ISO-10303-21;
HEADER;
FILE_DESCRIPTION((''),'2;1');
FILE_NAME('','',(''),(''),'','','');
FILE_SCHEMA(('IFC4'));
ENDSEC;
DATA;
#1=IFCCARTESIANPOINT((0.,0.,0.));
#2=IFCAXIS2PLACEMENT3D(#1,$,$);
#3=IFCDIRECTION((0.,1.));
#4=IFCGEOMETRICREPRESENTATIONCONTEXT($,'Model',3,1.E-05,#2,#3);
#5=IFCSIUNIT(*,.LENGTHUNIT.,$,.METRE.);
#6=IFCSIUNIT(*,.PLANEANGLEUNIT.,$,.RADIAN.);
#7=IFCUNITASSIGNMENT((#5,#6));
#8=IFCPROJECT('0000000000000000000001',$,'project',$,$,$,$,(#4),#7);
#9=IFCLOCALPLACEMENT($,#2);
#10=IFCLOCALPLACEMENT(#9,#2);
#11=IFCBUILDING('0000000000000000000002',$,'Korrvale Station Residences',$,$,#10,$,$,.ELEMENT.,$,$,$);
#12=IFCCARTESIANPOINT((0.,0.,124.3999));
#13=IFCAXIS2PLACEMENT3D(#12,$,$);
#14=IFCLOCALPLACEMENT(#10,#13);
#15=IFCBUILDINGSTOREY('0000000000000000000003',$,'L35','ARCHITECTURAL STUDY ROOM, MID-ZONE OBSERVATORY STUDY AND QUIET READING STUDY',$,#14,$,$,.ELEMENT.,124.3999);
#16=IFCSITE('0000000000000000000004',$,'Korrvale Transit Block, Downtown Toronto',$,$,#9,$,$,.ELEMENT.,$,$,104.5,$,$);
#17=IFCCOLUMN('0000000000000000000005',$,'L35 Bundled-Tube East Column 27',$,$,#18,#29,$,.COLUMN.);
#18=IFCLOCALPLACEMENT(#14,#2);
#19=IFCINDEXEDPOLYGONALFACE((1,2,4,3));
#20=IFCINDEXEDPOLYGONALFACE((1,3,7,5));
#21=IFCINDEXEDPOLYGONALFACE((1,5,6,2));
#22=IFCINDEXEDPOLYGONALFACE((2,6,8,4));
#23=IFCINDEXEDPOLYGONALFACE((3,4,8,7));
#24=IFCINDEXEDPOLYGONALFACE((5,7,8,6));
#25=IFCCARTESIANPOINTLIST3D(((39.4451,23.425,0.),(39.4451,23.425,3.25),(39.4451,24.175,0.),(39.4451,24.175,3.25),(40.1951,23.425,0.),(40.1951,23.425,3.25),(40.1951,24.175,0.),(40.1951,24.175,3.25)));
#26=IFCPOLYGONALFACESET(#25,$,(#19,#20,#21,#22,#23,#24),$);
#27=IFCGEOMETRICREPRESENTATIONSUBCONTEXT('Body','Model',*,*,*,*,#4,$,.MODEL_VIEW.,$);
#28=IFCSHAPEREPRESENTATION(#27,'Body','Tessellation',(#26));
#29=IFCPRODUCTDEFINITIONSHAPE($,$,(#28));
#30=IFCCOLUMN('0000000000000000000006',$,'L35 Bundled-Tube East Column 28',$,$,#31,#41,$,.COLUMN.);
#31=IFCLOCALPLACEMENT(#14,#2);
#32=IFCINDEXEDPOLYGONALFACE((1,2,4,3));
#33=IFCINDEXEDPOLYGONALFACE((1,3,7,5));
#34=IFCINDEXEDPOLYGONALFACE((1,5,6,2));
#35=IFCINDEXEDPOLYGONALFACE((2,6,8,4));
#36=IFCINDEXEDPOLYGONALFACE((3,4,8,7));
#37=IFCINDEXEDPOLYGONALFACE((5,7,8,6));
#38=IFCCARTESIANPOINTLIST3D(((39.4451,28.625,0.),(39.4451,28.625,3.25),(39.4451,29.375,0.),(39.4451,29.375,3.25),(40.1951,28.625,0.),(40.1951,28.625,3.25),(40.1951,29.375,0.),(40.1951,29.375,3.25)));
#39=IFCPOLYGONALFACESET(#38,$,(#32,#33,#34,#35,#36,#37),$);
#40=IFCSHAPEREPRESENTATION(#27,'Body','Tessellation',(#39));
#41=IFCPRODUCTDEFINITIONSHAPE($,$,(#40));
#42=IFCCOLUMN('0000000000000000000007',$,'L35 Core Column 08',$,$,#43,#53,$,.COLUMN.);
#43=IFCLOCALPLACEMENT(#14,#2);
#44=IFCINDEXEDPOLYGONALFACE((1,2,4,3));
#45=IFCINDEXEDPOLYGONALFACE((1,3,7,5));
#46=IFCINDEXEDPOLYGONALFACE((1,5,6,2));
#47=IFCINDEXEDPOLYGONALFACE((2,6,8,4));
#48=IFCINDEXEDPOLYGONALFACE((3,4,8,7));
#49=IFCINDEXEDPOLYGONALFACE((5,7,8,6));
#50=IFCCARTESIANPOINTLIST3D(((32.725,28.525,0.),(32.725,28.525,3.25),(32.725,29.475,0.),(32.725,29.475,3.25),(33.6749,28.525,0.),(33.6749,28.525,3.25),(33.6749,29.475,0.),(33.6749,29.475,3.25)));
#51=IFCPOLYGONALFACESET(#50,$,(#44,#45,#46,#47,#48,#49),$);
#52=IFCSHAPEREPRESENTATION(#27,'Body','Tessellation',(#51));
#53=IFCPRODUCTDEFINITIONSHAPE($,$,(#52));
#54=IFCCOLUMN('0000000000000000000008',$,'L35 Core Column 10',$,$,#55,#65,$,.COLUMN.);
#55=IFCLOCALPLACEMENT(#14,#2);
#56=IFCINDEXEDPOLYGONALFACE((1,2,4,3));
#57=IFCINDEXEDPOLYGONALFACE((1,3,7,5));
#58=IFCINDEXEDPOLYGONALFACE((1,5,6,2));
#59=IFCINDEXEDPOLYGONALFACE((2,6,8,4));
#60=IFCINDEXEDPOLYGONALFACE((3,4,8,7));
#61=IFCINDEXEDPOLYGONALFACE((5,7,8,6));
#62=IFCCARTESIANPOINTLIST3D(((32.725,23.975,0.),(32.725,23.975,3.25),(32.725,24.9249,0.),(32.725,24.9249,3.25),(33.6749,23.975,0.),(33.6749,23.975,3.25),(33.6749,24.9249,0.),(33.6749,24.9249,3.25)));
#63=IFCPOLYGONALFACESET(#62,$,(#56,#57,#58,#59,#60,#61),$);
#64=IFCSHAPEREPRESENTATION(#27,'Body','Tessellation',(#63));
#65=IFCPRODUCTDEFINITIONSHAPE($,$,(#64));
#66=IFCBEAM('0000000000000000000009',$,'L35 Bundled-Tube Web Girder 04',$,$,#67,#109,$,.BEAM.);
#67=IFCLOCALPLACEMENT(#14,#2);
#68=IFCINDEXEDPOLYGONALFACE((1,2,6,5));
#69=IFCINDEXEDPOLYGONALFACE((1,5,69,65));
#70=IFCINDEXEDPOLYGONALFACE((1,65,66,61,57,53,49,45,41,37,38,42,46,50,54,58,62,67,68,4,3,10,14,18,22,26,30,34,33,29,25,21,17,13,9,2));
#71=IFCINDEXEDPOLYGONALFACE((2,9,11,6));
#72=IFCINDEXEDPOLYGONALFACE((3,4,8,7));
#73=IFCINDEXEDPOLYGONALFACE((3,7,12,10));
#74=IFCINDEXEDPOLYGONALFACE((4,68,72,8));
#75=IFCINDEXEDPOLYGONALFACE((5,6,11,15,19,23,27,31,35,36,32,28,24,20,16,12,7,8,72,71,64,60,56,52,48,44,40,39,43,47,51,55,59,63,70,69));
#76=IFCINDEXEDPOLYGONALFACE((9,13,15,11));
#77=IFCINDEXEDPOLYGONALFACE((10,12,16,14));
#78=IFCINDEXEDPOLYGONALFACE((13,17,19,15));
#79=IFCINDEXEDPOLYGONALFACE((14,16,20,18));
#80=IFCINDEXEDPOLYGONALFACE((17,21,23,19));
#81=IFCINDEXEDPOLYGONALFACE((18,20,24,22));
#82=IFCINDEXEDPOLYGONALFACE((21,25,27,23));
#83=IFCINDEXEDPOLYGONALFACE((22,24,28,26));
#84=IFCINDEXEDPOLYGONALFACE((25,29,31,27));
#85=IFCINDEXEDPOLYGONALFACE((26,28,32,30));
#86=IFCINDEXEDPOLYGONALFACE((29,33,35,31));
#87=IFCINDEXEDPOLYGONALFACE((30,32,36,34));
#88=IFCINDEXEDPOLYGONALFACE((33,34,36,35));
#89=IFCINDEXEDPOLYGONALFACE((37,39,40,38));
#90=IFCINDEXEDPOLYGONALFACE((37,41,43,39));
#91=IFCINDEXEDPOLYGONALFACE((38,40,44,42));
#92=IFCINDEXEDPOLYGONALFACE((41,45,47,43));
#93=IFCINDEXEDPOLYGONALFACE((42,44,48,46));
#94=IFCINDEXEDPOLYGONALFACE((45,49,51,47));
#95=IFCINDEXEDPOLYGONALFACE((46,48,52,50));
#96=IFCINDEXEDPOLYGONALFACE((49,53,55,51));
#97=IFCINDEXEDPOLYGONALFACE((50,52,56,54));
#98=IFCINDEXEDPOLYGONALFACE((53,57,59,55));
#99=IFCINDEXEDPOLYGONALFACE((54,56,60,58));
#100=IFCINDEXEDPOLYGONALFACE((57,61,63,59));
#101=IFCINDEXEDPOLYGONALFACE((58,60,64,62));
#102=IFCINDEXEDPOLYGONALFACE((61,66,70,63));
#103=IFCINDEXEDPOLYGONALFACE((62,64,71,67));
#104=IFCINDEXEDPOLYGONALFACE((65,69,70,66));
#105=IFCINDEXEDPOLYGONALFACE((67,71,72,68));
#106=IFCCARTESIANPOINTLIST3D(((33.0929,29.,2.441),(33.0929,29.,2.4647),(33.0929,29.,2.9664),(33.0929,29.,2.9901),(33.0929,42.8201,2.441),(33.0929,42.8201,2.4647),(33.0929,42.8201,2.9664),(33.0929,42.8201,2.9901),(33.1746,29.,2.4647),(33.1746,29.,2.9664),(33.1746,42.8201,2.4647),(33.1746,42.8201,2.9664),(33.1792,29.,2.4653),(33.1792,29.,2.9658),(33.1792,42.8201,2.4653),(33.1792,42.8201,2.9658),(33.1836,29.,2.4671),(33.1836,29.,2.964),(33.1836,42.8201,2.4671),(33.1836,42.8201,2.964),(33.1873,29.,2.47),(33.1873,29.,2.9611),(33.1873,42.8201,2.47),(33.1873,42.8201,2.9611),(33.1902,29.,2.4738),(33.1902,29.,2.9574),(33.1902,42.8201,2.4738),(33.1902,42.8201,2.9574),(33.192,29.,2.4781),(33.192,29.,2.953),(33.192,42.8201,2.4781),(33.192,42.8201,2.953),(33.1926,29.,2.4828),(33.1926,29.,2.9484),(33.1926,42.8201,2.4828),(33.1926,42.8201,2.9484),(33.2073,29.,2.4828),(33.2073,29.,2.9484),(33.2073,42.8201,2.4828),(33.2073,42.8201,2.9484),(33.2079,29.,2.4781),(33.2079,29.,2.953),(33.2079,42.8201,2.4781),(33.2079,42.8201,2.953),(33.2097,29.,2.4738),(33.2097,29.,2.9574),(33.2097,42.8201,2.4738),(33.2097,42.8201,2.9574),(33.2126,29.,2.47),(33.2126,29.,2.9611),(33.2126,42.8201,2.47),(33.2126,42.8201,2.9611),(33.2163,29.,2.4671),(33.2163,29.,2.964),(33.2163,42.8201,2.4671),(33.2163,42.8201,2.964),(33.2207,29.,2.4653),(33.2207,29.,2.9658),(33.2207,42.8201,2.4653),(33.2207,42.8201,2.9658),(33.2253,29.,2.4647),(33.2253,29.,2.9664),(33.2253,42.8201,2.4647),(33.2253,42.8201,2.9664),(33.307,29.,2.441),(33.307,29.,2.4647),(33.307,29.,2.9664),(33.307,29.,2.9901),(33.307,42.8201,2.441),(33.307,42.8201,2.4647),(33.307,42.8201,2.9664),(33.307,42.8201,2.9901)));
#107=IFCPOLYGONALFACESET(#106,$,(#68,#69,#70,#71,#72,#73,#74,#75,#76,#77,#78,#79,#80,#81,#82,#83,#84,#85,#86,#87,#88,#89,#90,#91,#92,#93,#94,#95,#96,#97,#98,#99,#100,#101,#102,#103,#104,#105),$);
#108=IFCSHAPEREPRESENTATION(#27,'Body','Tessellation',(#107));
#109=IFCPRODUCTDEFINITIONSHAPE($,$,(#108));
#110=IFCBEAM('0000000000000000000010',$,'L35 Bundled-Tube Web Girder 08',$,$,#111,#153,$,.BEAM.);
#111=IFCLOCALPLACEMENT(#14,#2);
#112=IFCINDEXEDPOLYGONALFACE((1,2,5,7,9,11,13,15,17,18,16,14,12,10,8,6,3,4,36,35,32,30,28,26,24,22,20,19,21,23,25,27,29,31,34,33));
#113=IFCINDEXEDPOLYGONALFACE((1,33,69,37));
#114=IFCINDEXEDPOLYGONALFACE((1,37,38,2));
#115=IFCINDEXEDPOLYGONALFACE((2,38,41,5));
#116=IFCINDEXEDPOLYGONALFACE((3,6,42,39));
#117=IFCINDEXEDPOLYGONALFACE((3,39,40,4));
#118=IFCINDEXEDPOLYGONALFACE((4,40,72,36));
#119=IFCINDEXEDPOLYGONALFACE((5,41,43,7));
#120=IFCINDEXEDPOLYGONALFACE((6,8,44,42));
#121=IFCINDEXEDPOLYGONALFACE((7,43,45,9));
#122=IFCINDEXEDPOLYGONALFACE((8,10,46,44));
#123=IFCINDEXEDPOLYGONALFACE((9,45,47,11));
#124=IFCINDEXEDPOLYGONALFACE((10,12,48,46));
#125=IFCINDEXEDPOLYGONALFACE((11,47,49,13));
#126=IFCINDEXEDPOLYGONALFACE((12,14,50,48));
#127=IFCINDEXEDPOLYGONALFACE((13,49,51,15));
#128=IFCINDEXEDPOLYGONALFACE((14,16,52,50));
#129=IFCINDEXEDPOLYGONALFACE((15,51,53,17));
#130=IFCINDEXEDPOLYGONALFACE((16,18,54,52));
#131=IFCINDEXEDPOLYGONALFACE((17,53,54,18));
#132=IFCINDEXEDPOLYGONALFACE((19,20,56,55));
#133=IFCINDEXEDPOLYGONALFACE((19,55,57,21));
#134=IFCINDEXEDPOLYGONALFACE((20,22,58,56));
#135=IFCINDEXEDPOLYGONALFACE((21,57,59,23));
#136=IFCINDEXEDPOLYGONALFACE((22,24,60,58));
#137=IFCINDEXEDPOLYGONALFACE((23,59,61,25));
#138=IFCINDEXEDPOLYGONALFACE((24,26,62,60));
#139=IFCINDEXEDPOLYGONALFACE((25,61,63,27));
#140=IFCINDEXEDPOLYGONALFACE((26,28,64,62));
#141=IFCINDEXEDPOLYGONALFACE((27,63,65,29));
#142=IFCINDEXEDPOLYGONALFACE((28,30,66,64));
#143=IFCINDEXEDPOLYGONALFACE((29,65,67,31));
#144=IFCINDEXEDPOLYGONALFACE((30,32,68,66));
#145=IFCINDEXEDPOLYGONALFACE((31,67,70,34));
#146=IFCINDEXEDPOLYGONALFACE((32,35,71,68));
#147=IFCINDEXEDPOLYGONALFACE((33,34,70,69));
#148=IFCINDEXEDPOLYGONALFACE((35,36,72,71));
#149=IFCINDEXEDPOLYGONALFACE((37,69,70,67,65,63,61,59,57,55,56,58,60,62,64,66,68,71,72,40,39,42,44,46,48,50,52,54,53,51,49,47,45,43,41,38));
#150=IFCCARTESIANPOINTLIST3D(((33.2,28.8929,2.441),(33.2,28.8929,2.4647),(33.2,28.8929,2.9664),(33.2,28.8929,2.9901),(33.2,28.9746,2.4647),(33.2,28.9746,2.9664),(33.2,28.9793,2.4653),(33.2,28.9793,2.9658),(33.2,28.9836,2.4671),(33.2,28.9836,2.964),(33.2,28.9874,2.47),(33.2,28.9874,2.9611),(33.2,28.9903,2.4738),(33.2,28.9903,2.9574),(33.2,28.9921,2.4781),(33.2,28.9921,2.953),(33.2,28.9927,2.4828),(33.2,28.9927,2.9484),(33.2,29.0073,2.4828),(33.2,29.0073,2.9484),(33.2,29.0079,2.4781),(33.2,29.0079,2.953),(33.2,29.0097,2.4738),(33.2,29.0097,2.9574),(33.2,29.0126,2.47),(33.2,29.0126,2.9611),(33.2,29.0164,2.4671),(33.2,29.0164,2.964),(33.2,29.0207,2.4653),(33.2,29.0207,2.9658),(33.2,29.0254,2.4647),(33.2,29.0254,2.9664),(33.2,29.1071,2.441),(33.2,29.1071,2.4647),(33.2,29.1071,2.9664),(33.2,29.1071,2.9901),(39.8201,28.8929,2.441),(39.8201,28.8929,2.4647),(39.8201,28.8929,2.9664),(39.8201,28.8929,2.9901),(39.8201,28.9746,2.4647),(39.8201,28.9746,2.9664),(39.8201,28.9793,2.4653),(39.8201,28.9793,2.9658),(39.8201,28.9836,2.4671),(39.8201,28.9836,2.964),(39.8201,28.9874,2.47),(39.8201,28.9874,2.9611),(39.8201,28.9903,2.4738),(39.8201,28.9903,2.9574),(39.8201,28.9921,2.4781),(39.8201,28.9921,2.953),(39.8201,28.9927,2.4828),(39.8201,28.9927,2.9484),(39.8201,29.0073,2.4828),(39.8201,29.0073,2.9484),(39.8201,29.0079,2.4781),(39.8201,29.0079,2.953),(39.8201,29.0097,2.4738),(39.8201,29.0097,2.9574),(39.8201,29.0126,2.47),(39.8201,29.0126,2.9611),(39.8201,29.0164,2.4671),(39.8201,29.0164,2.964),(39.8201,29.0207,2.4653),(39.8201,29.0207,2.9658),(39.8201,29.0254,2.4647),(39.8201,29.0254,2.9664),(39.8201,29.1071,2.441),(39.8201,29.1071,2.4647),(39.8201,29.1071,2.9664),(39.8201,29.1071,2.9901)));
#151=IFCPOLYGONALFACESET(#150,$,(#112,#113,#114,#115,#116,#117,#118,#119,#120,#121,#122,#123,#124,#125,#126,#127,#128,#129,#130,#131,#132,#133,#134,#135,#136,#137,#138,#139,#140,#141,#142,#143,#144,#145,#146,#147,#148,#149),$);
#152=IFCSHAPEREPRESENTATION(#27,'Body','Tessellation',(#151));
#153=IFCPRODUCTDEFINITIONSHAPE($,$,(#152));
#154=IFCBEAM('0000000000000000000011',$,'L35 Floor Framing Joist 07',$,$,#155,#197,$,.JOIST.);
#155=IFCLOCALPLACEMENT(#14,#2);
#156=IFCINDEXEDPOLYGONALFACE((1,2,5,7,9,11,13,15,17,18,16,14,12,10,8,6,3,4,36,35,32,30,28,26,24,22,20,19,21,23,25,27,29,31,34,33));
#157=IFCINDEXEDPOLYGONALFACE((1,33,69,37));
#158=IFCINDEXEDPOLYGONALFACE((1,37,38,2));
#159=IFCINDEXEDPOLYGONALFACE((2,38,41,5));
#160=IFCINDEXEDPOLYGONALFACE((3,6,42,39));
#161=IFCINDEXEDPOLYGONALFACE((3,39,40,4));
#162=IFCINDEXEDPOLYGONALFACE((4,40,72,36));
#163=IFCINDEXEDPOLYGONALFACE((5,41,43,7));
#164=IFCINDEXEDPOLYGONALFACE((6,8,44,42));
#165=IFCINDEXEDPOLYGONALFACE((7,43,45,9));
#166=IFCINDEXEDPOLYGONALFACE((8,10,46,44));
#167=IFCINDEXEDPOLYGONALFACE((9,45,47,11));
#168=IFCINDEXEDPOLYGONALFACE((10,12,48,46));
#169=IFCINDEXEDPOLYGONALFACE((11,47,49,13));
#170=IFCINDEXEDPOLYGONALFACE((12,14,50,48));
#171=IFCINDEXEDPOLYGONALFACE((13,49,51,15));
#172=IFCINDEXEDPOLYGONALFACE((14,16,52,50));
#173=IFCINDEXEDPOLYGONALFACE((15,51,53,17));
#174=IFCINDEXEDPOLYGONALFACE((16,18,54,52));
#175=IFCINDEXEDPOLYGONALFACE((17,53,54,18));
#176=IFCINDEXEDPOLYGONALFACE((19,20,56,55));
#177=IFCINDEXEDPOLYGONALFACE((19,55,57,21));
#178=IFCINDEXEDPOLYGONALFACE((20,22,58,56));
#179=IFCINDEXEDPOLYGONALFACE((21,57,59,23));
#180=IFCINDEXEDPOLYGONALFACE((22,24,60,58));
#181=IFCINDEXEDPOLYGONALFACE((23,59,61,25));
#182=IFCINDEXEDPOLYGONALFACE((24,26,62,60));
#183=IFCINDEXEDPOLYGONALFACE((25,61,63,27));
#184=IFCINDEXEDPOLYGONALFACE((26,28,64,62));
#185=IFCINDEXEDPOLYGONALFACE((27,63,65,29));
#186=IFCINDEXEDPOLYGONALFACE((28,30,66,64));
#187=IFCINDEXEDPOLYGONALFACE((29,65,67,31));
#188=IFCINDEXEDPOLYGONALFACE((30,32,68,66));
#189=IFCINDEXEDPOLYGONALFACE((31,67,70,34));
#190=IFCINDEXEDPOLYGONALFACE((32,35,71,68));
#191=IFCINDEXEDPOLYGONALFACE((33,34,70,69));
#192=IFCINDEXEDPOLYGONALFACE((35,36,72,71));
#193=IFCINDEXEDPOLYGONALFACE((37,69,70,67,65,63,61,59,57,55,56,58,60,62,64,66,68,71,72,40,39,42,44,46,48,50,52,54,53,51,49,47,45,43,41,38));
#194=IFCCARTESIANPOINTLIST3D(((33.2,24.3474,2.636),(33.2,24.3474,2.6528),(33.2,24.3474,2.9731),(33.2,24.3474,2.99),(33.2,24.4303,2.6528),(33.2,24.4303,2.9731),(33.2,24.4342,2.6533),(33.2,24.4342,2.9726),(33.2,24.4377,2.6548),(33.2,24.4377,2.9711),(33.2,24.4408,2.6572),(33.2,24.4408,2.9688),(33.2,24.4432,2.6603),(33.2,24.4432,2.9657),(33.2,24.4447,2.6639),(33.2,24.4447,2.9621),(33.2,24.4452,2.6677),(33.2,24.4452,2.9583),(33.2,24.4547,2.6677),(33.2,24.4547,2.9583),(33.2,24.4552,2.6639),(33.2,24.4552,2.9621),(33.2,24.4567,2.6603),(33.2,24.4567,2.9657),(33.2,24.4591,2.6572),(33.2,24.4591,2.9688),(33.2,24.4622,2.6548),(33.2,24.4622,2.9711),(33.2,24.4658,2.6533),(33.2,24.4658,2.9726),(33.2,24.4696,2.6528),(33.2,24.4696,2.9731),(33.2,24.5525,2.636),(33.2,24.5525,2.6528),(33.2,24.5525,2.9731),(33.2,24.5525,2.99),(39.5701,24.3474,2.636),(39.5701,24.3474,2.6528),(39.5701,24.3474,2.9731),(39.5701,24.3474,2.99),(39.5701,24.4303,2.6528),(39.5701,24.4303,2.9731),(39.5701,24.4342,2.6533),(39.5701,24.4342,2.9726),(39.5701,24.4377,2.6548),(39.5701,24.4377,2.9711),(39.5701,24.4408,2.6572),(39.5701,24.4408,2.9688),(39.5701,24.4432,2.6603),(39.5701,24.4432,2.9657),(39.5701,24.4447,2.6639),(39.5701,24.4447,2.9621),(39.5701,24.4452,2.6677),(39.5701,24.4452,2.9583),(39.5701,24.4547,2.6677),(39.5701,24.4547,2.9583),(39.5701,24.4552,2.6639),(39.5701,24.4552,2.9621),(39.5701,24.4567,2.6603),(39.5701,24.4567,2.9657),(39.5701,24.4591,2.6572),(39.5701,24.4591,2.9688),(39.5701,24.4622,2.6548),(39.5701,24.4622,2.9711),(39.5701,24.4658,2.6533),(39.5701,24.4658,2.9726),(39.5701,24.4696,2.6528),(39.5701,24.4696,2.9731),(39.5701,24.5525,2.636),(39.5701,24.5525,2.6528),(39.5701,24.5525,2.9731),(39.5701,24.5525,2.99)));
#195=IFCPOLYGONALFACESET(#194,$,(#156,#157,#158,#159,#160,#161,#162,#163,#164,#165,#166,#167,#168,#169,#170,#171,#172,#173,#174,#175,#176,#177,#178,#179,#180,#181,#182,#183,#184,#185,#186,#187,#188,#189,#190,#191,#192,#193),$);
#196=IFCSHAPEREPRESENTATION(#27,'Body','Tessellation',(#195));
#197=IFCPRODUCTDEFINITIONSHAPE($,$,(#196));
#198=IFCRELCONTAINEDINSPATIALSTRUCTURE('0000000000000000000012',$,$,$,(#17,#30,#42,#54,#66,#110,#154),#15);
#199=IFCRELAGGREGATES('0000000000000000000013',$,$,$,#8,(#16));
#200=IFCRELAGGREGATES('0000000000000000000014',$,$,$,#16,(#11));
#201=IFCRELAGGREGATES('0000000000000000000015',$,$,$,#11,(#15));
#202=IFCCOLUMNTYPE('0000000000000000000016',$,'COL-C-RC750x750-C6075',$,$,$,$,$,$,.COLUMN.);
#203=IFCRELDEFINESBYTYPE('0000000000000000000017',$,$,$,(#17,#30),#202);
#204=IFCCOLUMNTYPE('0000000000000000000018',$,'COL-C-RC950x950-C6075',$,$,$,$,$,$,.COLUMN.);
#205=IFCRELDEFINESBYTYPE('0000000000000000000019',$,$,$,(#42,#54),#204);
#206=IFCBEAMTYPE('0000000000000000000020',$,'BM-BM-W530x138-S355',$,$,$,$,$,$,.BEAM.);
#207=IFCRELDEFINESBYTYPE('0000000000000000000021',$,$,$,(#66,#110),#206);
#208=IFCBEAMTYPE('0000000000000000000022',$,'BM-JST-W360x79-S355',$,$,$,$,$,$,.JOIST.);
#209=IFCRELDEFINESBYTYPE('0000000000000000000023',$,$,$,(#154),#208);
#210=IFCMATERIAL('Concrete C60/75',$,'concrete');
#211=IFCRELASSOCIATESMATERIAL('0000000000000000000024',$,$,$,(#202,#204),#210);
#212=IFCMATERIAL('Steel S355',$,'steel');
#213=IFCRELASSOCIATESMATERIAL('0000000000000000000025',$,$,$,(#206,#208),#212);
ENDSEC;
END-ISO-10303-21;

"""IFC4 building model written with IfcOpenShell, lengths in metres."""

from ifc_helpers import new_model, si_unit, direction, frame, origin, origin_2d, place, context, subcontext, project, spatial, rectangle, i_section, extrude, material, material_profile, profile_set, type_object, element, save


model = new_model("IFC4")

# Units and contexts
model_context = context("Model", 3, precision=1e-05, world=origin(), true_north=direction((0.0, 1.0)))
body_context = subcontext(model_context, "Body", "Model", "MODEL_VIEW")
ifc_project = project(units=[si_unit("LENGTHUNIT", "METRE"), si_unit("PLANEANGLEUNIT", "RADIAN")], contexts=[model_context])

# Site, building, storey
site_placement = place(None, origin())
site = spatial("IfcSite", under=ifc_project, at=site_placement, Name="Korrvale Transit Block, Downtown Toronto", CompositionType="ELEMENT", RefElevation=104.5)
building_placement = place(site_placement, origin())
building = spatial("IfcBuilding", under=site, at=building_placement, Name="Korrvale Station Residences", CompositionType="ELEMENT")
storey_placement = place(building_placement, frame((0.0, 0.0, 124.3999)))
storey = spatial("IfcBuildingStorey", under=building, at=storey_placement, Name="L35", Description="ARCHITECTURAL STUDY ROOM, MID-ZONE OBSERVATORY STUDY AND QUIET READING STUDY", CompositionType="ELEMENT", Elevation=124.3999)

# Columns
ifc_material_1 = material(Name="Concrete C60/75", Category="concrete")
ifc_material_profile_1 = material_profile(ifc_material_1, rectangle(XDim=0.75, YDim=0.75, at=origin_2d()), Name="RC750x750")
ifc_profile_set_1 = profile_set([ifc_material_profile_1], Name="Concrete C60/75")
column_type_1 = type_object("IfcColumnType", Name="COL-C-RC750x750-C6075", PredefinedType="COLUMN", material=ifc_profile_set_1)
for number, where, z_axis, x_axis, name in (
    (1, (39.8201, 23.8, 0.0), (0.0, 0.0, 1.0), (1.0, 0.0, 0.0), "L35 Bundled-Tube East Column 27"),
    (2, (39.8201, 29.0, 0.0), (0.0, 0.0, 1.0), (1.0, 0.0, 0.0), "L35 Bundled-Tube East Column 28"),
):
    element("IfcColumn", number, at=place(storey_placement, frame(where, z_axis=z_axis, x_axis=x_axis)), inside=storey, type_object=column_type_1, Name=name, PredefinedType="COLUMN", context=body_context, shape_type="SweptSolid", body=[
        extrude(rectangle(XDim=0.75, YDim=0.75, at=origin_2d()), origin(), (0.0, 0.0, 1.0), 3.25),
    ])
ifc_material_profile_2 = material_profile(ifc_material_1, rectangle(XDim=0.95, YDim=0.95, at=origin_2d()), Name="RC950x950")
ifc_profile_set_2 = profile_set([ifc_material_profile_2], Name="Concrete C60/75")
column_type_2 = type_object("IfcColumnType", Name="COL-C-RC950x950-C6075", PredefinedType="COLUMN", material=ifc_profile_set_2)
for number, where, z_axis, x_axis, name in (
    (3, (33.2, 29.0, 0.0), (0.0, 0.0, 1.0), (1.0, 0.0, 0.0), "L35 Core Column 08"),
    (4, (33.2, 24.45, 0.0), (0.0, 0.0, 1.0), (1.0, 0.0, 0.0), "L35 Core Column 10"),
):
    element("IfcColumn", number, at=place(storey_placement, frame(where, z_axis=z_axis, x_axis=x_axis)), inside=storey, type_object=column_type_2, Name=name, PredefinedType="COLUMN", context=body_context, shape_type="SweptSolid", body=[
        extrude(rectangle(XDim=0.95, YDim=0.95, at=origin_2d()), origin(), (0.0, 0.0, 1.0), 3.25),
    ])

# Beams
ifc_material_2 = material(Name="Steel S355", Category="steel")
ifc_material_profile_3 = material_profile(ifc_material_2, i_section(OverallWidth=0.2141, OverallDepth=0.5491, WebThickness=0.0146, FlangeThickness=0.0237, FilletRadius=0.0181, at=origin_2d()), Name="W530x138")
ifc_profile_set_3 = profile_set([ifc_material_profile_3], Name="Steel S355")
beam_type_1 = type_object("IfcBeamType", Name="BM-BM-W530x138-S355", PredefinedType="BEAM", material=ifc_profile_set_3)
beam_1_placement = place(storey_placement, frame((33.2, 29.0, 2.7156), z_axis=(0.0, 1.0, 0.0), x_axis=(-1.0, 0.0, 0.0)))
element("IfcBeam", 5, at=beam_1_placement, inside=storey, type_object=beam_type_1, Name="L35 Bundled-Tube Web Girder 04", PredefinedType="BEAM", context=body_context, shape_type="SweptSolid", body=[
    extrude(i_section(OverallWidth=0.2141, OverallDepth=0.5491, WebThickness=0.0146, FlangeThickness=0.0237, FilletRadius=0.0181, at=origin_2d()), origin(), (0.0, 0.0, 1.0), 13.8201),
])
beam_2_placement = place(storey_placement, frame((33.2, 29.0, 2.7156), z_axis=(1.0, 0.0, 0.0), x_axis=(0.0, 1.0, 0.0)))
element("IfcBeam", 6, at=beam_2_placement, inside=storey, type_object=beam_type_1, Name="L35 Bundled-Tube Web Girder 08", PredefinedType="BEAM", context=body_context, shape_type="SweptSolid", body=[
    extrude(i_section(OverallWidth=0.2141, OverallDepth=0.5491, WebThickness=0.0146, FlangeThickness=0.0237, FilletRadius=0.0181, at=origin_2d()), origin(), (0.0, 0.0, 1.0), 6.6201),
])
ifc_material_profile_4 = material_profile(ifc_material_2, i_section(OverallWidth=0.2051, OverallDepth=0.354, WebThickness=0.0095, FlangeThickness=0.0168, FilletRadius=0.0149, at=origin_2d()), Name="W360x79")
ifc_profile_set_4 = profile_set([ifc_material_profile_4], Name="Steel S355")
beam_type_2 = type_object("IfcBeamType", Name="BM-JST-W360x79-S355", PredefinedType="JOIST", material=ifc_profile_set_4)
beam_3_placement = place(storey_placement, frame((33.2, 24.45, 2.813), z_axis=(1.0, 0.0, 0.0), x_axis=(0.0, 1.0, 0.0)))
element("IfcBeam", 7, at=beam_3_placement, inside=storey, type_object=beam_type_2, Name="L35 Floor Framing Joist 07", PredefinedType="JOIST", context=body_context, shape_type="SweptSolid", body=[
    extrude(i_section(OverallWidth=0.2051, OverallDepth=0.354, WebThickness=0.0095, FlangeThickness=0.0168, FilletRadius=0.0149, at=origin_2d()), origin(), (0.0, 0.0, 1.0), 6.3701),
])

save(model, "model.ifc")
